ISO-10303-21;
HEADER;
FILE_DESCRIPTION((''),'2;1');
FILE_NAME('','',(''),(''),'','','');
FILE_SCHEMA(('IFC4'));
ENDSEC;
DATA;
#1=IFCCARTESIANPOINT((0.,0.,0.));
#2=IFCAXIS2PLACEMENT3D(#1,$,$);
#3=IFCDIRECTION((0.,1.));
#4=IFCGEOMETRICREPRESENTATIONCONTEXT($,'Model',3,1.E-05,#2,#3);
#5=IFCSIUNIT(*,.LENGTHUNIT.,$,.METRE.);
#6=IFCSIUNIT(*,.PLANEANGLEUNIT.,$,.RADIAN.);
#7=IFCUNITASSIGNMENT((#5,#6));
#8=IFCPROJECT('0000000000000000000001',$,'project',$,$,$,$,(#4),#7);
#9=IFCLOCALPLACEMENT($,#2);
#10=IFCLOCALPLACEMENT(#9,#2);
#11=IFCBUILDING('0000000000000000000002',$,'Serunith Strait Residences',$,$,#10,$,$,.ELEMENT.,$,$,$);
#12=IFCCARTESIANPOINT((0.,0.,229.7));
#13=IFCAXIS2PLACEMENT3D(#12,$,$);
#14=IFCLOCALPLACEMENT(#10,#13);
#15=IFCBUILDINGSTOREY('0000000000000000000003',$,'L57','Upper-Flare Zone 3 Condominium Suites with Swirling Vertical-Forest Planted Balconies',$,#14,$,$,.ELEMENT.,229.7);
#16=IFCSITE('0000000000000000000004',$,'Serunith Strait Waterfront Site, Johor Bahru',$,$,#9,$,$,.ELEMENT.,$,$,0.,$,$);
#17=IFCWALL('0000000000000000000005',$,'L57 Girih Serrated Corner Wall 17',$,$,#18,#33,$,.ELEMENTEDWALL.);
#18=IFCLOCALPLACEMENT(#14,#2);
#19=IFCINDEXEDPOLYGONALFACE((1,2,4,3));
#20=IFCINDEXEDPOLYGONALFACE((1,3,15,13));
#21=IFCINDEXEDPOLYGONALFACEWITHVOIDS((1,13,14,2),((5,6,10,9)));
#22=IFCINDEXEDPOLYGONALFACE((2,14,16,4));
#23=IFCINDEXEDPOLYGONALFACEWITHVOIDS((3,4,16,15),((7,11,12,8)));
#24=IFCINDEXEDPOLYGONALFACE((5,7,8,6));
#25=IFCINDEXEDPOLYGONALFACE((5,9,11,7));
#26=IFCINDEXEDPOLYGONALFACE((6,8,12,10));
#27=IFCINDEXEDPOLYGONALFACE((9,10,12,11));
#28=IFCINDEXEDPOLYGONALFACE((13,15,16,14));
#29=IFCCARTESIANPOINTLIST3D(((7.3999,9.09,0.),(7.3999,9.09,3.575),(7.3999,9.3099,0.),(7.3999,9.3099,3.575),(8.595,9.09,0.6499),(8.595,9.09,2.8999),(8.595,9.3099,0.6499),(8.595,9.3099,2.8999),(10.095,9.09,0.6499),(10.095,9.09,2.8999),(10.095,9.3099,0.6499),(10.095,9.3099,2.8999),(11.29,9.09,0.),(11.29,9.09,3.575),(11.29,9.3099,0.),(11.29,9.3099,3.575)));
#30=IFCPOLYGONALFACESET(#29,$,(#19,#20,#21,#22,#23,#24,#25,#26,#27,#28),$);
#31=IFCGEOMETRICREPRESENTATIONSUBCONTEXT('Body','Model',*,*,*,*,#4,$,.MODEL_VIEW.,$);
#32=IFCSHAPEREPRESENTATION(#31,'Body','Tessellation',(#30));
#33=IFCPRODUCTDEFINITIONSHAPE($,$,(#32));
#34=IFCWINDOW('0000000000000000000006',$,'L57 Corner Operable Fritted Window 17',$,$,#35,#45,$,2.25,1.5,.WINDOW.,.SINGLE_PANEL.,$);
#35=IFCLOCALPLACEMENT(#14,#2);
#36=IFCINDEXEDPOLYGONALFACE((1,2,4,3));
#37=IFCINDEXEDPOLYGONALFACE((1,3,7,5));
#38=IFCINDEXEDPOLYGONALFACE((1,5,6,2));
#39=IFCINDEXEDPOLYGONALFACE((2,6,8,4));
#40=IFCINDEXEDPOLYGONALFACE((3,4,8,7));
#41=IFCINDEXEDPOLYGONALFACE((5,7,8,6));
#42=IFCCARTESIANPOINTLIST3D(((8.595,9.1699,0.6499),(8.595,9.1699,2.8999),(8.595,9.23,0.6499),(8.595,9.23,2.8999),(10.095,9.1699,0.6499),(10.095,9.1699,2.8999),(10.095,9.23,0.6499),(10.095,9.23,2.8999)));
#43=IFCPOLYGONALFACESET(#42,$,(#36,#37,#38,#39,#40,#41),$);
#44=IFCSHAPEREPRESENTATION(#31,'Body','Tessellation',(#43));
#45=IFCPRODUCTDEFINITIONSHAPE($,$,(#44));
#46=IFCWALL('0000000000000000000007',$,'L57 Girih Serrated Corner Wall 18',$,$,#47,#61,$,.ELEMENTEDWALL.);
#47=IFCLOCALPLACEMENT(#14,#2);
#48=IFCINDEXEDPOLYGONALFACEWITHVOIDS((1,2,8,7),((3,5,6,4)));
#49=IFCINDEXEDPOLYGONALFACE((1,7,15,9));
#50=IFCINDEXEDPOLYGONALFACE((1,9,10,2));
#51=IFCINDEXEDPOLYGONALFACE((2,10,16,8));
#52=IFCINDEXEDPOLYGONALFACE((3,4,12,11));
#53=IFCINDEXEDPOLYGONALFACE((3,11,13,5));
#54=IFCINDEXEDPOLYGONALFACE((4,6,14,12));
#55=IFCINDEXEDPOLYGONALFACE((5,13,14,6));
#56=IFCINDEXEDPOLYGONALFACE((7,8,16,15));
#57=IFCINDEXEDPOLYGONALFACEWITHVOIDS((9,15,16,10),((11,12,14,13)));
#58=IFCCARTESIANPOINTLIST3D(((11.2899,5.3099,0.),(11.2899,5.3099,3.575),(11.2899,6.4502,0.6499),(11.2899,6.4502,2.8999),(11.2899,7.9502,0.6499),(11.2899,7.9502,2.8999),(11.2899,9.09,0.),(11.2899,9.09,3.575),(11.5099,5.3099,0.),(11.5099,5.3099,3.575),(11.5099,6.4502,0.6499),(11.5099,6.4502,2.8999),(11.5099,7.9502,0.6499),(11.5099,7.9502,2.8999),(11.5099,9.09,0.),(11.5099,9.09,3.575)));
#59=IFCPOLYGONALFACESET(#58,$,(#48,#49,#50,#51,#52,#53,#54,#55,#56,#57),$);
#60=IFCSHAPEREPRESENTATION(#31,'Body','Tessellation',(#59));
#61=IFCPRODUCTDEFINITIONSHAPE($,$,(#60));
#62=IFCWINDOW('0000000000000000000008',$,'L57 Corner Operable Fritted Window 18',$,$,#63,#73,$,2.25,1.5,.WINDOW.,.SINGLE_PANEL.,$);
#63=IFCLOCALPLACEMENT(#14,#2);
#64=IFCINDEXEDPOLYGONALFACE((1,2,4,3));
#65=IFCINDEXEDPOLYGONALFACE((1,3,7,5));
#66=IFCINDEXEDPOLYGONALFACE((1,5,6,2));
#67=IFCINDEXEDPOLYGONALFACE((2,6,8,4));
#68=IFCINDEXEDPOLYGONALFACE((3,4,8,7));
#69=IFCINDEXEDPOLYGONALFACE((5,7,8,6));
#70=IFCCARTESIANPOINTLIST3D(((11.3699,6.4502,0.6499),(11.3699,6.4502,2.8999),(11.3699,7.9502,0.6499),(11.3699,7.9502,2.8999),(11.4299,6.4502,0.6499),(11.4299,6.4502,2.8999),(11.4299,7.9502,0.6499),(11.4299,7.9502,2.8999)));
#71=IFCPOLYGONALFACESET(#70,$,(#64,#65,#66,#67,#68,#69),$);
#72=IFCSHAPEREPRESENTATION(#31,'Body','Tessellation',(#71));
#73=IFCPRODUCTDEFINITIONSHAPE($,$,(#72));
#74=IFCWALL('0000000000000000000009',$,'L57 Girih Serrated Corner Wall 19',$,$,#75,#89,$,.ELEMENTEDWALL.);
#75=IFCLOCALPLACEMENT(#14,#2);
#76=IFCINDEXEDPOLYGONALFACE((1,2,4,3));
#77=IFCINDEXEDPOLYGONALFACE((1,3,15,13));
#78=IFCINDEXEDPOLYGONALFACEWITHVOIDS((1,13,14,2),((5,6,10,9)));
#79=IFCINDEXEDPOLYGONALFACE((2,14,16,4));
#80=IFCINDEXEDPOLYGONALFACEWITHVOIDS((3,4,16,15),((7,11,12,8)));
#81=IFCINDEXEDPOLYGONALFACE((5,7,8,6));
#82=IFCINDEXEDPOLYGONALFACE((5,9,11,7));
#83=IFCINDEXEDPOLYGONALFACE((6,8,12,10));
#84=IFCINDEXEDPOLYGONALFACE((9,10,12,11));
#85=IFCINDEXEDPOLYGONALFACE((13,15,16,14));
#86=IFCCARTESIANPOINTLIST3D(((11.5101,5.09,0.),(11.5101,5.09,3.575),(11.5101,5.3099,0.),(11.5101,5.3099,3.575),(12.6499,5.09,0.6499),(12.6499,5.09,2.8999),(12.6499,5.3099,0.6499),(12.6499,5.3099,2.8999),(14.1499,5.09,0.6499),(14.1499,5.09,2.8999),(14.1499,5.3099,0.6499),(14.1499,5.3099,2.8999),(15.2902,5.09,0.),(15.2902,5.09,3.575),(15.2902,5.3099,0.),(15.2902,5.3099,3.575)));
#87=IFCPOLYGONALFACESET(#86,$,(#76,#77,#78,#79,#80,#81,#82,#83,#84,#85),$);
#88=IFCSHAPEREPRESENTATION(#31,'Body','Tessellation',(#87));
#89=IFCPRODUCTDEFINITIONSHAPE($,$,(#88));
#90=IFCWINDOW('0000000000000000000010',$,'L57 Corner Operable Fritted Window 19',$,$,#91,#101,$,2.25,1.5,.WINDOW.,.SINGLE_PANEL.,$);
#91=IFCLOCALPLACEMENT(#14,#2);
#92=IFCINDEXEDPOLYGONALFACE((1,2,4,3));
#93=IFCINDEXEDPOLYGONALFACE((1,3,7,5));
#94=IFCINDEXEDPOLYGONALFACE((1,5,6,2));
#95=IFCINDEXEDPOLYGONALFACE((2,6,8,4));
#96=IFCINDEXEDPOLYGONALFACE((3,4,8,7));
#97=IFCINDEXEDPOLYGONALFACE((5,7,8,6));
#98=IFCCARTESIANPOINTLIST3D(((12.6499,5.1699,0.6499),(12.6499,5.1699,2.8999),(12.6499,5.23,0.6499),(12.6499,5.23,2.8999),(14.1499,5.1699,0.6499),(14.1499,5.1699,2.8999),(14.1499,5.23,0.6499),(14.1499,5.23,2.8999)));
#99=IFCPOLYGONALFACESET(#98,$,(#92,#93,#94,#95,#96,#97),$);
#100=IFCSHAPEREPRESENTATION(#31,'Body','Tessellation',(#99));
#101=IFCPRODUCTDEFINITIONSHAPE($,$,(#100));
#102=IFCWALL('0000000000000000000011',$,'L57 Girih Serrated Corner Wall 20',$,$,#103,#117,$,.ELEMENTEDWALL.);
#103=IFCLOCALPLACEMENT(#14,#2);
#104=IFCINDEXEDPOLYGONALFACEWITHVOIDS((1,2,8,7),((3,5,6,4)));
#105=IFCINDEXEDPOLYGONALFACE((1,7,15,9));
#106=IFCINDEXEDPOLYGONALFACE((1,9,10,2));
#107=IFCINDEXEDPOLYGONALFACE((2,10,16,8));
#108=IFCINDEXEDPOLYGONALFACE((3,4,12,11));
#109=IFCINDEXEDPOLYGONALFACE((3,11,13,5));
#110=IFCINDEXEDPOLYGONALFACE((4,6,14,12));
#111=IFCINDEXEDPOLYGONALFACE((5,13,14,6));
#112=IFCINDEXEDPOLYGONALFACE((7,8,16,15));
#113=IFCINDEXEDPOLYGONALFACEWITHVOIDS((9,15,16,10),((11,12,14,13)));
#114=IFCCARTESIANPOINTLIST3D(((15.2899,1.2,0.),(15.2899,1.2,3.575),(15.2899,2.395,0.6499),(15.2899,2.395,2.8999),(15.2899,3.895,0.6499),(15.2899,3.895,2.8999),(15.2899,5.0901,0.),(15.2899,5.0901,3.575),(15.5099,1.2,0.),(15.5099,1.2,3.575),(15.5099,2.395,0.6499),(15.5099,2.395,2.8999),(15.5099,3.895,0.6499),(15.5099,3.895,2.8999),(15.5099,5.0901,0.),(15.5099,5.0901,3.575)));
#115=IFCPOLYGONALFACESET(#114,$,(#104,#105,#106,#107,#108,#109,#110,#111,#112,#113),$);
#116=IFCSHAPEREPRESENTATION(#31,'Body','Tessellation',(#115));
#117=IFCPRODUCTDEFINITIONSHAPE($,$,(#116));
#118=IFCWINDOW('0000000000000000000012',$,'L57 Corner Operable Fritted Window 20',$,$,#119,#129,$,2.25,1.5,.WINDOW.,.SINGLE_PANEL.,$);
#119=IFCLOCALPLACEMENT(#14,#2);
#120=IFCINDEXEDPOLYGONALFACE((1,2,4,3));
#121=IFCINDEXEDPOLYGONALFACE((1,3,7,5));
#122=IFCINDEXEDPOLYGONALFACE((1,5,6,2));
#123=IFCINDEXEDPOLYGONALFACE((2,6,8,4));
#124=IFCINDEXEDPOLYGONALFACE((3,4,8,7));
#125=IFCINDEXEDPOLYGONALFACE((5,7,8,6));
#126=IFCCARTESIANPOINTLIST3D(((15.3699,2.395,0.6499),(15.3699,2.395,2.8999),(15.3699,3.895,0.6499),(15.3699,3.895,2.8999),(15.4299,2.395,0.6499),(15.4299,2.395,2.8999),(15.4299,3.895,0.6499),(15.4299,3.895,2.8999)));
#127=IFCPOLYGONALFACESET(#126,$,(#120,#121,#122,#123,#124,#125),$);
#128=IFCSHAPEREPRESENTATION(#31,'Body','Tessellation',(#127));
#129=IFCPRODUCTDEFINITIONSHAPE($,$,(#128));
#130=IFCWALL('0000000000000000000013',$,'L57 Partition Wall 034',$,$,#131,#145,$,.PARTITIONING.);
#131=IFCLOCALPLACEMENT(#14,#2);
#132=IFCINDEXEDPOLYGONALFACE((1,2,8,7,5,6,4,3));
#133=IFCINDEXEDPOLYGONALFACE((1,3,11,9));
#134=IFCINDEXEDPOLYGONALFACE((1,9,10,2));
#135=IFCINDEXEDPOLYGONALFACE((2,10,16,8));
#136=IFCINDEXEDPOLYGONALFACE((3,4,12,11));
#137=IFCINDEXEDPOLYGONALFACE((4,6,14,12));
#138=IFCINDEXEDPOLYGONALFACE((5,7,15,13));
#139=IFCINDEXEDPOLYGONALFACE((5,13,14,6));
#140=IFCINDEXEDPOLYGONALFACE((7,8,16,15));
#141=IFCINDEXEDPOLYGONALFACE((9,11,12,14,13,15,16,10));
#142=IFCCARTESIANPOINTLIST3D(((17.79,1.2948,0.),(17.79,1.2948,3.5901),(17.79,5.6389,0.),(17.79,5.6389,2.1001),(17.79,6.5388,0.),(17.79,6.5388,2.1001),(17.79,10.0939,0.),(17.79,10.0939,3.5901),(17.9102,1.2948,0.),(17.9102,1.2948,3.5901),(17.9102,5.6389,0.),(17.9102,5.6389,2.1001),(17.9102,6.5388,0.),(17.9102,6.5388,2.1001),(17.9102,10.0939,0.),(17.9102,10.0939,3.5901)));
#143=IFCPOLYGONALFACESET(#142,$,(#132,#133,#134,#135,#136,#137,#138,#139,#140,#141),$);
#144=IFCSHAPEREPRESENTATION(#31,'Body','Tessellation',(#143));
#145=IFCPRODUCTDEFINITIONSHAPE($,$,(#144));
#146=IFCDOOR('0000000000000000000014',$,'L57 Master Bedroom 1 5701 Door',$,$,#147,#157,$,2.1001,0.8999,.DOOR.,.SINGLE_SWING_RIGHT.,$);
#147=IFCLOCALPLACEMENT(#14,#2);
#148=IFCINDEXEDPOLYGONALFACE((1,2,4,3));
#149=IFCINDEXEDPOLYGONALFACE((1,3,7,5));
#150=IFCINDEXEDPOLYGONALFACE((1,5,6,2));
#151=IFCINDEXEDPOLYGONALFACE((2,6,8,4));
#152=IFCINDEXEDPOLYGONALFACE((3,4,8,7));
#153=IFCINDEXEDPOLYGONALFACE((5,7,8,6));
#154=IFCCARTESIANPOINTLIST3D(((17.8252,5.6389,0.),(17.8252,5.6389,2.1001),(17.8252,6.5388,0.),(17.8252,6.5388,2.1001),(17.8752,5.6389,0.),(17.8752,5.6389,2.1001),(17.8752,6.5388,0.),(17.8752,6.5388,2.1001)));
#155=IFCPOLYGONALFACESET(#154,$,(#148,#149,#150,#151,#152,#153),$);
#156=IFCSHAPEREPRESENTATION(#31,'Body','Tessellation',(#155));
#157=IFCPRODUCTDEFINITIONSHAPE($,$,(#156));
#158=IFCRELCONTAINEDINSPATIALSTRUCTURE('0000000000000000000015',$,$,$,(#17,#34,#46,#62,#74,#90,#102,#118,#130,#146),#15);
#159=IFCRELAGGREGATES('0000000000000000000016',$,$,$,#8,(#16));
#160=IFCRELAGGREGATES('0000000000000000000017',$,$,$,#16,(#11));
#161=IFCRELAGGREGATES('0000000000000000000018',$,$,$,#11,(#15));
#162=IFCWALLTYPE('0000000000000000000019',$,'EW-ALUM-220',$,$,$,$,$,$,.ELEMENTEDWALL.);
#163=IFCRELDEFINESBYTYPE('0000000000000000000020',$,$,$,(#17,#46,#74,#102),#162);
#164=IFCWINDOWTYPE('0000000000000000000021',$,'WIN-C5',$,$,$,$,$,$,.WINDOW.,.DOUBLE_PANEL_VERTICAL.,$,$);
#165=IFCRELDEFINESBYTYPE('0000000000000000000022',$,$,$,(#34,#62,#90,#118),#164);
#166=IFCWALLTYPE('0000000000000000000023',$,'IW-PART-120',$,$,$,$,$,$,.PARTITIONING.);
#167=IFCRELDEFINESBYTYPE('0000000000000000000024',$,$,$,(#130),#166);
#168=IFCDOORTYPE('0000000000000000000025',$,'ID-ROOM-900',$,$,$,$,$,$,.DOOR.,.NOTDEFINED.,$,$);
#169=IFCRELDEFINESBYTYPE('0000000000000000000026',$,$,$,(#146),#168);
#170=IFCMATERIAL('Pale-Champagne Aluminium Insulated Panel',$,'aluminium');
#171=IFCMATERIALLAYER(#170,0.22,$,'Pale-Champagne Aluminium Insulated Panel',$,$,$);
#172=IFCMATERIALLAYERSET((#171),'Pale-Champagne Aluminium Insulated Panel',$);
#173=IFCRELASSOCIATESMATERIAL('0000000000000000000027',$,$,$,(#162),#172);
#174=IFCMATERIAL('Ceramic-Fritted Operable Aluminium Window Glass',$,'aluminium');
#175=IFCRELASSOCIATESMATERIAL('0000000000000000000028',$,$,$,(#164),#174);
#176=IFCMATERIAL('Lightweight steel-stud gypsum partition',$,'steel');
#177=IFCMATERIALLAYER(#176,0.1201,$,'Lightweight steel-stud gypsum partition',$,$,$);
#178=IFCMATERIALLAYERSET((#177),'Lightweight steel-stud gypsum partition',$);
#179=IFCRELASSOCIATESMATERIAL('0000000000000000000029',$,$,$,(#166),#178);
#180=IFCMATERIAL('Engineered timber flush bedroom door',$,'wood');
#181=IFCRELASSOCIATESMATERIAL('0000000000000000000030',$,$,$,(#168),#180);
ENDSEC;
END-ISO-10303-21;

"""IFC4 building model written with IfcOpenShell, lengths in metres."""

from ifc_helpers import new_model, si_unit, direction, frame, frame_2d, origin, place, context, subcontext, project, spatial, rectangle, extrude, source, transform, mapped, material, layer, layer_set, type_object, element, fill, save


model = new_model("IFC4")

# Units and contexts
model_context = context("Model", 3, precision=1e-05, world=origin(), true_north=direction((0.0, 1.0)))
body_context = subcontext(model_context, "Body", "Model", "MODEL_VIEW")
ifc_project = project(units=[si_unit("LENGTHUNIT", "METRE"), si_unit("PLANEANGLEUNIT", "RADIAN")], contexts=[model_context])

# Site, building, storey
site_placement = place(None, origin())
site = spatial("IfcSite", under=ifc_project, at=site_placement, Name="Serunith Strait Waterfront Site, Johor Bahru", CompositionType="ELEMENT", RefElevation=0.0)
building_placement = place(site_placement, origin())
building = spatial("IfcBuilding", under=site, at=building_placement, Name="Serunith Strait Residences", CompositionType="ELEMENT")
storey_placement = place(building_placement, frame((0.0, 0.0, 229.7)))
storey = spatial("IfcBuildingStorey", under=building, at=storey_placement, Name="L57", Description="Upper-Flare Zone 3 Condominium Suites with Swirling Vertical-Forest Planted Balconies", CompositionType="ELEMENT", Elevation=229.7)

# Walls, openings, windows
ifc_material_1 = material(Name="Pale-Champagne Aluminium Insulated Panel", Category="aluminium")
ifc_layer_1 = layer(ifc_material_1, 0.22, Name="Pale-Champagne Aluminium Insulated Panel")
ifc_layer_set_1 = layer_set([ifc_layer_1], Name="Pale-Champagne Aluminium Insulated Panel")
wall_type_1 = type_object("IfcWallType", Name="EW-ALUM-220", PredefinedType="ELEMENTEDWALL", material=ifc_layer_set_1)
wall_1_placement = place(storey_placement, frame((7.3999, 9.2, 0.0), z_axis=(0.0, 0.0, 1.0), x_axis=(1.0, 0.0, 0.0)))
wall_1 = element("IfcWall", 1, at=wall_1_placement, inside=storey, type_object=wall_type_1, Name="L57 Girih Serrated Corner Wall 17", PredefinedType="ELEMENTEDWALL", context=body_context, shape_type="SweptSolid", body=[
    extrude(rectangle(XDim=3.8901, YDim=0.22, at=frame_2d((1.9451, 0.0))), origin(), (0.0, 0.0, 1.0), 3.575),
])
opening_1_placement = place(wall_1_placement, frame((1.1951, 0.0, 0.6499)))
opening_1 = element("IfcOpeningElement", 2, at=opening_1_placement, cuts=wall_1, PredefinedType="OPENING", context=body_context, shape_type="SweptSolid", body=[
    extrude(rectangle(XDim=1.5, YDim=2.25, at=frame_2d((0.75, 1.125))), frame((0.0, 0.1201, 0.0), z_axis=(0.0, -1.0, 0.0), x_axis=(1.0, 0.0, 0.0)), (0.0, 0.0, 1.0), 0.24),
])
ifc_material_2 = material(Name="Ceramic-Fritted Operable Aluminium Window Glass", Category="aluminium")
window_type = type_object("IfcWindowType", Name="WIN-C5", PartitioningType="DOUBLE_PANEL_VERTICAL", PredefinedType="WINDOW", material=ifc_material_2)
shared_shape_1 = source(origin(), body_context, "Body", "SweptSolid", [
    extrude(rectangle(XDim=1.5, YDim=2.25, at=frame_2d((0.75, 1.125))), frame((0.0, 0.03, 0.0), z_axis=(0.0, -1.0, 0.0), x_axis=(1.0, 0.0, 0.0)), (0.0, 0.0, 1.0), 0.0601),
])
window_1_placement = place(opening_1_placement, origin())
window_1 = element("IfcWindow", 3, at=window_1_placement, inside=storey, type_object=window_type, Name="L57 Corner Operable Fritted Window 17", OverallHeight=2.25, OverallWidth=1.5, PartitioningType="SINGLE_PANEL", PredefinedType="WINDOW", context=body_context, shape_type="MappedRepresentation", body=[
    mapped(shared_shape_1, transform((0.0, 0.0, 0.0), scale=1.0)),
])
fill(opening_1, window_1)
wall_2_placement = place(storey_placement, frame((11.3999, 9.0901, 0.0), z_axis=(0.0, 0.0, 1.0), x_axis=(0.0, -1.0, 0.0)))
wall_2 = element("IfcWall", 4, at=wall_2_placement, inside=storey, type_object=wall_type_1, Name="L57 Girih Serrated Corner Wall 18", PredefinedType="ELEMENTEDWALL", context=body_context, shape_type="SweptSolid", body=[
    extrude(rectangle(XDim=3.78, YDim=0.22, at=frame_2d((1.8901, 0.0))), origin(), (0.0, 0.0, 1.0), 3.575),
])
opening_2_placement = place(wall_2_placement, frame((1.1399, 0.0, 0.6499)))
opening_2 = element("IfcOpeningElement", 5, at=opening_2_placement, cuts=wall_2, PredefinedType="OPENING", context=body_context, shape_type="SweptSolid", body=[
    extrude(rectangle(XDim=1.5, YDim=2.25, at=frame_2d((0.75, 1.125))), frame((0.0, 0.1201, 0.0), z_axis=(0.0, -1.0, 0.0), x_axis=(1.0, 0.0, 0.0)), (0.0, 0.0, 1.0), 0.24),
])
window_2_placement = place(opening_2_placement, origin())
window_2 = element("IfcWindow", 6, at=window_2_placement, inside=storey, type_object=window_type, Name="L57 Corner Operable Fritted Window 18", OverallHeight=2.25, OverallWidth=1.5, PartitioningType="SINGLE_PANEL", PredefinedType="WINDOW", context=body_context, shape_type="MappedRepresentation", body=[
    mapped(shared_shape_1, transform((0.0, 0.0, 0.0), scale=1.0)),
])
fill(opening_2, window_2)
wall_3_placement = place(storey_placement, frame((11.51, 5.2, 0.0), z_axis=(0.0, 0.0, 1.0), x_axis=(1.0, 0.0, 0.0)))
wall_3 = element("IfcWall", 7, at=wall_3_placement, inside=storey, type_object=wall_type_1, Name="L57 Girih Serrated Corner Wall 19", PredefinedType="ELEMENTEDWALL", context=body_context, shape_type="SweptSolid", body=[
    extrude(rectangle(XDim=3.78, YDim=0.22, at=frame_2d((1.8901, 0.0))), origin(), (0.0, 0.0, 1.0), 3.575),
])
opening_3_placement = place(wall_3_placement, frame((1.1399, 0.0, 0.6499)))
opening_3 = element("IfcOpeningElement", 8, at=opening_3_placement, cuts=wall_3, PredefinedType="OPENING", context=body_context, shape_type="SweptSolid", body=[
    extrude(rectangle(XDim=1.5, YDim=2.25, at=frame_2d((0.75, 1.125))), frame((0.0, 0.1201, 0.0), z_axis=(0.0, -1.0, 0.0), x_axis=(1.0, 0.0, 0.0)), (0.0, 0.0, 1.0), 0.24),
])
window_3_placement = place(opening_3_placement, origin())
window_3 = element("IfcWindow", 9, at=window_3_placement, inside=storey, type_object=window_type, Name="L57 Corner Operable Fritted Window 19", OverallHeight=2.25, OverallWidth=1.5, PartitioningType="SINGLE_PANEL", PredefinedType="WINDOW", context=body_context, shape_type="MappedRepresentation", body=[
    mapped(shared_shape_1, transform((0.0, 0.0, 0.0), scale=1.0)),
])
fill(opening_3, window_3)
wall_4_placement = place(storey_placement, frame((15.3999, 5.0901, 0.0), z_axis=(0.0, 0.0, 1.0), x_axis=(0.0, -1.0, 0.0)))
wall_4 = element("IfcWall", 10, at=wall_4_placement, inside=storey, type_object=wall_type_1, Name="L57 Girih Serrated Corner Wall 20", PredefinedType="ELEMENTEDWALL", context=body_context, shape_type="SweptSolid", body=[
    extrude(rectangle(XDim=3.8901, YDim=0.22, at=frame_2d((1.9451, 0.0))), origin(), (0.0, 0.0, 1.0), 3.575),
])
opening_4_placement = place(wall_4_placement, frame((1.1951, 0.0, 0.6499)))
opening_4 = element("IfcOpeningElement", 11, at=opening_4_placement, cuts=wall_4, PredefinedType="OPENING", context=body_context, shape_type="SweptSolid", body=[
    extrude(rectangle(XDim=1.5, YDim=2.25, at=frame_2d((0.75, 1.125))), frame((0.0, 0.1201, 0.0), z_axis=(0.0, -1.0, 0.0), x_axis=(1.0, 0.0, 0.0)), (0.0, 0.0, 1.0), 0.24),
])
window_4_placement = place(opening_4_placement, origin())
window_4 = element("IfcWindow", 12, at=window_4_placement, inside=storey, type_object=window_type, Name="L57 Corner Operable Fritted Window 20", OverallHeight=2.25, OverallWidth=1.5, PartitioningType="SINGLE_PANEL", PredefinedType="WINDOW", context=body_context, shape_type="MappedRepresentation", body=[
    mapped(shared_shape_1, transform((0.0, 0.0, 0.0), scale=1.0)),
])
fill(opening_4, window_4)

# Wall, opening, door
ifc_material_3 = material(Name="Lightweight steel-stud gypsum partition", Category="steel")
ifc_layer_2 = layer(ifc_material_3, 0.1201, Name="Lightweight steel-stud gypsum partition")
ifc_layer_set_2 = layer_set([ifc_layer_2], Name="Lightweight steel-stud gypsum partition")
wall_type_2 = type_object("IfcWallType", Name="IW-PART-120", PredefinedType="PARTITIONING", material=ifc_layer_set_2)
wall_5_placement = place(storey_placement, frame((17.8501, 1.2949, 0.0), z_axis=(0.0, 0.0, 1.0), x_axis=(0.0, 1.0, 0.0)))
wall_5 = element("IfcWall", 13, at=wall_5_placement, inside=storey, type_object=wall_type_2, Name="L57 Partition Wall 034", PredefinedType="PARTITIONING", context=body_context, shape_type="SweptSolid", body=[
    extrude(rectangle(XDim=8.7991, YDim=0.1201, at=frame_2d((4.3994, 0.0))), origin(), (0.0, 0.0, 1.0), 3.5901),
])
opening_5_placement = place(wall_5_placement, frame((4.344, 0.0, 0.0)))
opening_5 = element("IfcOpeningElement", 14, at=opening_5_placement, cuts=wall_5, PredefinedType="OPENING", context=body_context, shape_type="SweptSolid", body=[
    extrude(rectangle(XDim=0.8999, YDim=2.1001, at=frame_2d((0.45, 1.05))), frame((0.0, 0.0701, 0.0), z_axis=(0.0, -1.0, 0.0), x_axis=(1.0, 0.0, 0.0)), (0.0, 0.0, 1.0), 0.1401),
])
ifc_material_4 = material(Name="Engineered timber flush bedroom door", Category="wood")
door_type = type_object("IfcDoorType", Name="ID-ROOM-900", OperationType="NOTDEFINED", PredefinedType="DOOR", material=ifc_material_4)
shared_shape_2 = source(origin(), body_context, "Body", "SweptSolid", [
    extrude(rectangle(XDim=0.8999, YDim=2.1001, at=frame_2d((0.45, 1.05))), frame((0.0, 0.0249, 0.0), z_axis=(0.0, -1.0, 0.0), x_axis=(1.0, 0.0, 0.0)), (0.0, 0.0, 1.0), 0.05),
])
door_placement = place(opening_5_placement, origin())
door = element("IfcDoor", 15, at=door_placement, inside=storey, type_object=door_type, Name="L57 Master Bedroom 1 5701 Door", OperationType="SINGLE_SWING_RIGHT", OverallHeight=2.1001, OverallWidth=0.8999, PredefinedType="DOOR", context=body_context, shape_type="MappedRepresentation", body=[
    mapped(shared_shape_2, transform((0.0, 0.0, 0.0), scale=1.0)),
])
fill(opening_5, door)

save(model, "model.ifc")
